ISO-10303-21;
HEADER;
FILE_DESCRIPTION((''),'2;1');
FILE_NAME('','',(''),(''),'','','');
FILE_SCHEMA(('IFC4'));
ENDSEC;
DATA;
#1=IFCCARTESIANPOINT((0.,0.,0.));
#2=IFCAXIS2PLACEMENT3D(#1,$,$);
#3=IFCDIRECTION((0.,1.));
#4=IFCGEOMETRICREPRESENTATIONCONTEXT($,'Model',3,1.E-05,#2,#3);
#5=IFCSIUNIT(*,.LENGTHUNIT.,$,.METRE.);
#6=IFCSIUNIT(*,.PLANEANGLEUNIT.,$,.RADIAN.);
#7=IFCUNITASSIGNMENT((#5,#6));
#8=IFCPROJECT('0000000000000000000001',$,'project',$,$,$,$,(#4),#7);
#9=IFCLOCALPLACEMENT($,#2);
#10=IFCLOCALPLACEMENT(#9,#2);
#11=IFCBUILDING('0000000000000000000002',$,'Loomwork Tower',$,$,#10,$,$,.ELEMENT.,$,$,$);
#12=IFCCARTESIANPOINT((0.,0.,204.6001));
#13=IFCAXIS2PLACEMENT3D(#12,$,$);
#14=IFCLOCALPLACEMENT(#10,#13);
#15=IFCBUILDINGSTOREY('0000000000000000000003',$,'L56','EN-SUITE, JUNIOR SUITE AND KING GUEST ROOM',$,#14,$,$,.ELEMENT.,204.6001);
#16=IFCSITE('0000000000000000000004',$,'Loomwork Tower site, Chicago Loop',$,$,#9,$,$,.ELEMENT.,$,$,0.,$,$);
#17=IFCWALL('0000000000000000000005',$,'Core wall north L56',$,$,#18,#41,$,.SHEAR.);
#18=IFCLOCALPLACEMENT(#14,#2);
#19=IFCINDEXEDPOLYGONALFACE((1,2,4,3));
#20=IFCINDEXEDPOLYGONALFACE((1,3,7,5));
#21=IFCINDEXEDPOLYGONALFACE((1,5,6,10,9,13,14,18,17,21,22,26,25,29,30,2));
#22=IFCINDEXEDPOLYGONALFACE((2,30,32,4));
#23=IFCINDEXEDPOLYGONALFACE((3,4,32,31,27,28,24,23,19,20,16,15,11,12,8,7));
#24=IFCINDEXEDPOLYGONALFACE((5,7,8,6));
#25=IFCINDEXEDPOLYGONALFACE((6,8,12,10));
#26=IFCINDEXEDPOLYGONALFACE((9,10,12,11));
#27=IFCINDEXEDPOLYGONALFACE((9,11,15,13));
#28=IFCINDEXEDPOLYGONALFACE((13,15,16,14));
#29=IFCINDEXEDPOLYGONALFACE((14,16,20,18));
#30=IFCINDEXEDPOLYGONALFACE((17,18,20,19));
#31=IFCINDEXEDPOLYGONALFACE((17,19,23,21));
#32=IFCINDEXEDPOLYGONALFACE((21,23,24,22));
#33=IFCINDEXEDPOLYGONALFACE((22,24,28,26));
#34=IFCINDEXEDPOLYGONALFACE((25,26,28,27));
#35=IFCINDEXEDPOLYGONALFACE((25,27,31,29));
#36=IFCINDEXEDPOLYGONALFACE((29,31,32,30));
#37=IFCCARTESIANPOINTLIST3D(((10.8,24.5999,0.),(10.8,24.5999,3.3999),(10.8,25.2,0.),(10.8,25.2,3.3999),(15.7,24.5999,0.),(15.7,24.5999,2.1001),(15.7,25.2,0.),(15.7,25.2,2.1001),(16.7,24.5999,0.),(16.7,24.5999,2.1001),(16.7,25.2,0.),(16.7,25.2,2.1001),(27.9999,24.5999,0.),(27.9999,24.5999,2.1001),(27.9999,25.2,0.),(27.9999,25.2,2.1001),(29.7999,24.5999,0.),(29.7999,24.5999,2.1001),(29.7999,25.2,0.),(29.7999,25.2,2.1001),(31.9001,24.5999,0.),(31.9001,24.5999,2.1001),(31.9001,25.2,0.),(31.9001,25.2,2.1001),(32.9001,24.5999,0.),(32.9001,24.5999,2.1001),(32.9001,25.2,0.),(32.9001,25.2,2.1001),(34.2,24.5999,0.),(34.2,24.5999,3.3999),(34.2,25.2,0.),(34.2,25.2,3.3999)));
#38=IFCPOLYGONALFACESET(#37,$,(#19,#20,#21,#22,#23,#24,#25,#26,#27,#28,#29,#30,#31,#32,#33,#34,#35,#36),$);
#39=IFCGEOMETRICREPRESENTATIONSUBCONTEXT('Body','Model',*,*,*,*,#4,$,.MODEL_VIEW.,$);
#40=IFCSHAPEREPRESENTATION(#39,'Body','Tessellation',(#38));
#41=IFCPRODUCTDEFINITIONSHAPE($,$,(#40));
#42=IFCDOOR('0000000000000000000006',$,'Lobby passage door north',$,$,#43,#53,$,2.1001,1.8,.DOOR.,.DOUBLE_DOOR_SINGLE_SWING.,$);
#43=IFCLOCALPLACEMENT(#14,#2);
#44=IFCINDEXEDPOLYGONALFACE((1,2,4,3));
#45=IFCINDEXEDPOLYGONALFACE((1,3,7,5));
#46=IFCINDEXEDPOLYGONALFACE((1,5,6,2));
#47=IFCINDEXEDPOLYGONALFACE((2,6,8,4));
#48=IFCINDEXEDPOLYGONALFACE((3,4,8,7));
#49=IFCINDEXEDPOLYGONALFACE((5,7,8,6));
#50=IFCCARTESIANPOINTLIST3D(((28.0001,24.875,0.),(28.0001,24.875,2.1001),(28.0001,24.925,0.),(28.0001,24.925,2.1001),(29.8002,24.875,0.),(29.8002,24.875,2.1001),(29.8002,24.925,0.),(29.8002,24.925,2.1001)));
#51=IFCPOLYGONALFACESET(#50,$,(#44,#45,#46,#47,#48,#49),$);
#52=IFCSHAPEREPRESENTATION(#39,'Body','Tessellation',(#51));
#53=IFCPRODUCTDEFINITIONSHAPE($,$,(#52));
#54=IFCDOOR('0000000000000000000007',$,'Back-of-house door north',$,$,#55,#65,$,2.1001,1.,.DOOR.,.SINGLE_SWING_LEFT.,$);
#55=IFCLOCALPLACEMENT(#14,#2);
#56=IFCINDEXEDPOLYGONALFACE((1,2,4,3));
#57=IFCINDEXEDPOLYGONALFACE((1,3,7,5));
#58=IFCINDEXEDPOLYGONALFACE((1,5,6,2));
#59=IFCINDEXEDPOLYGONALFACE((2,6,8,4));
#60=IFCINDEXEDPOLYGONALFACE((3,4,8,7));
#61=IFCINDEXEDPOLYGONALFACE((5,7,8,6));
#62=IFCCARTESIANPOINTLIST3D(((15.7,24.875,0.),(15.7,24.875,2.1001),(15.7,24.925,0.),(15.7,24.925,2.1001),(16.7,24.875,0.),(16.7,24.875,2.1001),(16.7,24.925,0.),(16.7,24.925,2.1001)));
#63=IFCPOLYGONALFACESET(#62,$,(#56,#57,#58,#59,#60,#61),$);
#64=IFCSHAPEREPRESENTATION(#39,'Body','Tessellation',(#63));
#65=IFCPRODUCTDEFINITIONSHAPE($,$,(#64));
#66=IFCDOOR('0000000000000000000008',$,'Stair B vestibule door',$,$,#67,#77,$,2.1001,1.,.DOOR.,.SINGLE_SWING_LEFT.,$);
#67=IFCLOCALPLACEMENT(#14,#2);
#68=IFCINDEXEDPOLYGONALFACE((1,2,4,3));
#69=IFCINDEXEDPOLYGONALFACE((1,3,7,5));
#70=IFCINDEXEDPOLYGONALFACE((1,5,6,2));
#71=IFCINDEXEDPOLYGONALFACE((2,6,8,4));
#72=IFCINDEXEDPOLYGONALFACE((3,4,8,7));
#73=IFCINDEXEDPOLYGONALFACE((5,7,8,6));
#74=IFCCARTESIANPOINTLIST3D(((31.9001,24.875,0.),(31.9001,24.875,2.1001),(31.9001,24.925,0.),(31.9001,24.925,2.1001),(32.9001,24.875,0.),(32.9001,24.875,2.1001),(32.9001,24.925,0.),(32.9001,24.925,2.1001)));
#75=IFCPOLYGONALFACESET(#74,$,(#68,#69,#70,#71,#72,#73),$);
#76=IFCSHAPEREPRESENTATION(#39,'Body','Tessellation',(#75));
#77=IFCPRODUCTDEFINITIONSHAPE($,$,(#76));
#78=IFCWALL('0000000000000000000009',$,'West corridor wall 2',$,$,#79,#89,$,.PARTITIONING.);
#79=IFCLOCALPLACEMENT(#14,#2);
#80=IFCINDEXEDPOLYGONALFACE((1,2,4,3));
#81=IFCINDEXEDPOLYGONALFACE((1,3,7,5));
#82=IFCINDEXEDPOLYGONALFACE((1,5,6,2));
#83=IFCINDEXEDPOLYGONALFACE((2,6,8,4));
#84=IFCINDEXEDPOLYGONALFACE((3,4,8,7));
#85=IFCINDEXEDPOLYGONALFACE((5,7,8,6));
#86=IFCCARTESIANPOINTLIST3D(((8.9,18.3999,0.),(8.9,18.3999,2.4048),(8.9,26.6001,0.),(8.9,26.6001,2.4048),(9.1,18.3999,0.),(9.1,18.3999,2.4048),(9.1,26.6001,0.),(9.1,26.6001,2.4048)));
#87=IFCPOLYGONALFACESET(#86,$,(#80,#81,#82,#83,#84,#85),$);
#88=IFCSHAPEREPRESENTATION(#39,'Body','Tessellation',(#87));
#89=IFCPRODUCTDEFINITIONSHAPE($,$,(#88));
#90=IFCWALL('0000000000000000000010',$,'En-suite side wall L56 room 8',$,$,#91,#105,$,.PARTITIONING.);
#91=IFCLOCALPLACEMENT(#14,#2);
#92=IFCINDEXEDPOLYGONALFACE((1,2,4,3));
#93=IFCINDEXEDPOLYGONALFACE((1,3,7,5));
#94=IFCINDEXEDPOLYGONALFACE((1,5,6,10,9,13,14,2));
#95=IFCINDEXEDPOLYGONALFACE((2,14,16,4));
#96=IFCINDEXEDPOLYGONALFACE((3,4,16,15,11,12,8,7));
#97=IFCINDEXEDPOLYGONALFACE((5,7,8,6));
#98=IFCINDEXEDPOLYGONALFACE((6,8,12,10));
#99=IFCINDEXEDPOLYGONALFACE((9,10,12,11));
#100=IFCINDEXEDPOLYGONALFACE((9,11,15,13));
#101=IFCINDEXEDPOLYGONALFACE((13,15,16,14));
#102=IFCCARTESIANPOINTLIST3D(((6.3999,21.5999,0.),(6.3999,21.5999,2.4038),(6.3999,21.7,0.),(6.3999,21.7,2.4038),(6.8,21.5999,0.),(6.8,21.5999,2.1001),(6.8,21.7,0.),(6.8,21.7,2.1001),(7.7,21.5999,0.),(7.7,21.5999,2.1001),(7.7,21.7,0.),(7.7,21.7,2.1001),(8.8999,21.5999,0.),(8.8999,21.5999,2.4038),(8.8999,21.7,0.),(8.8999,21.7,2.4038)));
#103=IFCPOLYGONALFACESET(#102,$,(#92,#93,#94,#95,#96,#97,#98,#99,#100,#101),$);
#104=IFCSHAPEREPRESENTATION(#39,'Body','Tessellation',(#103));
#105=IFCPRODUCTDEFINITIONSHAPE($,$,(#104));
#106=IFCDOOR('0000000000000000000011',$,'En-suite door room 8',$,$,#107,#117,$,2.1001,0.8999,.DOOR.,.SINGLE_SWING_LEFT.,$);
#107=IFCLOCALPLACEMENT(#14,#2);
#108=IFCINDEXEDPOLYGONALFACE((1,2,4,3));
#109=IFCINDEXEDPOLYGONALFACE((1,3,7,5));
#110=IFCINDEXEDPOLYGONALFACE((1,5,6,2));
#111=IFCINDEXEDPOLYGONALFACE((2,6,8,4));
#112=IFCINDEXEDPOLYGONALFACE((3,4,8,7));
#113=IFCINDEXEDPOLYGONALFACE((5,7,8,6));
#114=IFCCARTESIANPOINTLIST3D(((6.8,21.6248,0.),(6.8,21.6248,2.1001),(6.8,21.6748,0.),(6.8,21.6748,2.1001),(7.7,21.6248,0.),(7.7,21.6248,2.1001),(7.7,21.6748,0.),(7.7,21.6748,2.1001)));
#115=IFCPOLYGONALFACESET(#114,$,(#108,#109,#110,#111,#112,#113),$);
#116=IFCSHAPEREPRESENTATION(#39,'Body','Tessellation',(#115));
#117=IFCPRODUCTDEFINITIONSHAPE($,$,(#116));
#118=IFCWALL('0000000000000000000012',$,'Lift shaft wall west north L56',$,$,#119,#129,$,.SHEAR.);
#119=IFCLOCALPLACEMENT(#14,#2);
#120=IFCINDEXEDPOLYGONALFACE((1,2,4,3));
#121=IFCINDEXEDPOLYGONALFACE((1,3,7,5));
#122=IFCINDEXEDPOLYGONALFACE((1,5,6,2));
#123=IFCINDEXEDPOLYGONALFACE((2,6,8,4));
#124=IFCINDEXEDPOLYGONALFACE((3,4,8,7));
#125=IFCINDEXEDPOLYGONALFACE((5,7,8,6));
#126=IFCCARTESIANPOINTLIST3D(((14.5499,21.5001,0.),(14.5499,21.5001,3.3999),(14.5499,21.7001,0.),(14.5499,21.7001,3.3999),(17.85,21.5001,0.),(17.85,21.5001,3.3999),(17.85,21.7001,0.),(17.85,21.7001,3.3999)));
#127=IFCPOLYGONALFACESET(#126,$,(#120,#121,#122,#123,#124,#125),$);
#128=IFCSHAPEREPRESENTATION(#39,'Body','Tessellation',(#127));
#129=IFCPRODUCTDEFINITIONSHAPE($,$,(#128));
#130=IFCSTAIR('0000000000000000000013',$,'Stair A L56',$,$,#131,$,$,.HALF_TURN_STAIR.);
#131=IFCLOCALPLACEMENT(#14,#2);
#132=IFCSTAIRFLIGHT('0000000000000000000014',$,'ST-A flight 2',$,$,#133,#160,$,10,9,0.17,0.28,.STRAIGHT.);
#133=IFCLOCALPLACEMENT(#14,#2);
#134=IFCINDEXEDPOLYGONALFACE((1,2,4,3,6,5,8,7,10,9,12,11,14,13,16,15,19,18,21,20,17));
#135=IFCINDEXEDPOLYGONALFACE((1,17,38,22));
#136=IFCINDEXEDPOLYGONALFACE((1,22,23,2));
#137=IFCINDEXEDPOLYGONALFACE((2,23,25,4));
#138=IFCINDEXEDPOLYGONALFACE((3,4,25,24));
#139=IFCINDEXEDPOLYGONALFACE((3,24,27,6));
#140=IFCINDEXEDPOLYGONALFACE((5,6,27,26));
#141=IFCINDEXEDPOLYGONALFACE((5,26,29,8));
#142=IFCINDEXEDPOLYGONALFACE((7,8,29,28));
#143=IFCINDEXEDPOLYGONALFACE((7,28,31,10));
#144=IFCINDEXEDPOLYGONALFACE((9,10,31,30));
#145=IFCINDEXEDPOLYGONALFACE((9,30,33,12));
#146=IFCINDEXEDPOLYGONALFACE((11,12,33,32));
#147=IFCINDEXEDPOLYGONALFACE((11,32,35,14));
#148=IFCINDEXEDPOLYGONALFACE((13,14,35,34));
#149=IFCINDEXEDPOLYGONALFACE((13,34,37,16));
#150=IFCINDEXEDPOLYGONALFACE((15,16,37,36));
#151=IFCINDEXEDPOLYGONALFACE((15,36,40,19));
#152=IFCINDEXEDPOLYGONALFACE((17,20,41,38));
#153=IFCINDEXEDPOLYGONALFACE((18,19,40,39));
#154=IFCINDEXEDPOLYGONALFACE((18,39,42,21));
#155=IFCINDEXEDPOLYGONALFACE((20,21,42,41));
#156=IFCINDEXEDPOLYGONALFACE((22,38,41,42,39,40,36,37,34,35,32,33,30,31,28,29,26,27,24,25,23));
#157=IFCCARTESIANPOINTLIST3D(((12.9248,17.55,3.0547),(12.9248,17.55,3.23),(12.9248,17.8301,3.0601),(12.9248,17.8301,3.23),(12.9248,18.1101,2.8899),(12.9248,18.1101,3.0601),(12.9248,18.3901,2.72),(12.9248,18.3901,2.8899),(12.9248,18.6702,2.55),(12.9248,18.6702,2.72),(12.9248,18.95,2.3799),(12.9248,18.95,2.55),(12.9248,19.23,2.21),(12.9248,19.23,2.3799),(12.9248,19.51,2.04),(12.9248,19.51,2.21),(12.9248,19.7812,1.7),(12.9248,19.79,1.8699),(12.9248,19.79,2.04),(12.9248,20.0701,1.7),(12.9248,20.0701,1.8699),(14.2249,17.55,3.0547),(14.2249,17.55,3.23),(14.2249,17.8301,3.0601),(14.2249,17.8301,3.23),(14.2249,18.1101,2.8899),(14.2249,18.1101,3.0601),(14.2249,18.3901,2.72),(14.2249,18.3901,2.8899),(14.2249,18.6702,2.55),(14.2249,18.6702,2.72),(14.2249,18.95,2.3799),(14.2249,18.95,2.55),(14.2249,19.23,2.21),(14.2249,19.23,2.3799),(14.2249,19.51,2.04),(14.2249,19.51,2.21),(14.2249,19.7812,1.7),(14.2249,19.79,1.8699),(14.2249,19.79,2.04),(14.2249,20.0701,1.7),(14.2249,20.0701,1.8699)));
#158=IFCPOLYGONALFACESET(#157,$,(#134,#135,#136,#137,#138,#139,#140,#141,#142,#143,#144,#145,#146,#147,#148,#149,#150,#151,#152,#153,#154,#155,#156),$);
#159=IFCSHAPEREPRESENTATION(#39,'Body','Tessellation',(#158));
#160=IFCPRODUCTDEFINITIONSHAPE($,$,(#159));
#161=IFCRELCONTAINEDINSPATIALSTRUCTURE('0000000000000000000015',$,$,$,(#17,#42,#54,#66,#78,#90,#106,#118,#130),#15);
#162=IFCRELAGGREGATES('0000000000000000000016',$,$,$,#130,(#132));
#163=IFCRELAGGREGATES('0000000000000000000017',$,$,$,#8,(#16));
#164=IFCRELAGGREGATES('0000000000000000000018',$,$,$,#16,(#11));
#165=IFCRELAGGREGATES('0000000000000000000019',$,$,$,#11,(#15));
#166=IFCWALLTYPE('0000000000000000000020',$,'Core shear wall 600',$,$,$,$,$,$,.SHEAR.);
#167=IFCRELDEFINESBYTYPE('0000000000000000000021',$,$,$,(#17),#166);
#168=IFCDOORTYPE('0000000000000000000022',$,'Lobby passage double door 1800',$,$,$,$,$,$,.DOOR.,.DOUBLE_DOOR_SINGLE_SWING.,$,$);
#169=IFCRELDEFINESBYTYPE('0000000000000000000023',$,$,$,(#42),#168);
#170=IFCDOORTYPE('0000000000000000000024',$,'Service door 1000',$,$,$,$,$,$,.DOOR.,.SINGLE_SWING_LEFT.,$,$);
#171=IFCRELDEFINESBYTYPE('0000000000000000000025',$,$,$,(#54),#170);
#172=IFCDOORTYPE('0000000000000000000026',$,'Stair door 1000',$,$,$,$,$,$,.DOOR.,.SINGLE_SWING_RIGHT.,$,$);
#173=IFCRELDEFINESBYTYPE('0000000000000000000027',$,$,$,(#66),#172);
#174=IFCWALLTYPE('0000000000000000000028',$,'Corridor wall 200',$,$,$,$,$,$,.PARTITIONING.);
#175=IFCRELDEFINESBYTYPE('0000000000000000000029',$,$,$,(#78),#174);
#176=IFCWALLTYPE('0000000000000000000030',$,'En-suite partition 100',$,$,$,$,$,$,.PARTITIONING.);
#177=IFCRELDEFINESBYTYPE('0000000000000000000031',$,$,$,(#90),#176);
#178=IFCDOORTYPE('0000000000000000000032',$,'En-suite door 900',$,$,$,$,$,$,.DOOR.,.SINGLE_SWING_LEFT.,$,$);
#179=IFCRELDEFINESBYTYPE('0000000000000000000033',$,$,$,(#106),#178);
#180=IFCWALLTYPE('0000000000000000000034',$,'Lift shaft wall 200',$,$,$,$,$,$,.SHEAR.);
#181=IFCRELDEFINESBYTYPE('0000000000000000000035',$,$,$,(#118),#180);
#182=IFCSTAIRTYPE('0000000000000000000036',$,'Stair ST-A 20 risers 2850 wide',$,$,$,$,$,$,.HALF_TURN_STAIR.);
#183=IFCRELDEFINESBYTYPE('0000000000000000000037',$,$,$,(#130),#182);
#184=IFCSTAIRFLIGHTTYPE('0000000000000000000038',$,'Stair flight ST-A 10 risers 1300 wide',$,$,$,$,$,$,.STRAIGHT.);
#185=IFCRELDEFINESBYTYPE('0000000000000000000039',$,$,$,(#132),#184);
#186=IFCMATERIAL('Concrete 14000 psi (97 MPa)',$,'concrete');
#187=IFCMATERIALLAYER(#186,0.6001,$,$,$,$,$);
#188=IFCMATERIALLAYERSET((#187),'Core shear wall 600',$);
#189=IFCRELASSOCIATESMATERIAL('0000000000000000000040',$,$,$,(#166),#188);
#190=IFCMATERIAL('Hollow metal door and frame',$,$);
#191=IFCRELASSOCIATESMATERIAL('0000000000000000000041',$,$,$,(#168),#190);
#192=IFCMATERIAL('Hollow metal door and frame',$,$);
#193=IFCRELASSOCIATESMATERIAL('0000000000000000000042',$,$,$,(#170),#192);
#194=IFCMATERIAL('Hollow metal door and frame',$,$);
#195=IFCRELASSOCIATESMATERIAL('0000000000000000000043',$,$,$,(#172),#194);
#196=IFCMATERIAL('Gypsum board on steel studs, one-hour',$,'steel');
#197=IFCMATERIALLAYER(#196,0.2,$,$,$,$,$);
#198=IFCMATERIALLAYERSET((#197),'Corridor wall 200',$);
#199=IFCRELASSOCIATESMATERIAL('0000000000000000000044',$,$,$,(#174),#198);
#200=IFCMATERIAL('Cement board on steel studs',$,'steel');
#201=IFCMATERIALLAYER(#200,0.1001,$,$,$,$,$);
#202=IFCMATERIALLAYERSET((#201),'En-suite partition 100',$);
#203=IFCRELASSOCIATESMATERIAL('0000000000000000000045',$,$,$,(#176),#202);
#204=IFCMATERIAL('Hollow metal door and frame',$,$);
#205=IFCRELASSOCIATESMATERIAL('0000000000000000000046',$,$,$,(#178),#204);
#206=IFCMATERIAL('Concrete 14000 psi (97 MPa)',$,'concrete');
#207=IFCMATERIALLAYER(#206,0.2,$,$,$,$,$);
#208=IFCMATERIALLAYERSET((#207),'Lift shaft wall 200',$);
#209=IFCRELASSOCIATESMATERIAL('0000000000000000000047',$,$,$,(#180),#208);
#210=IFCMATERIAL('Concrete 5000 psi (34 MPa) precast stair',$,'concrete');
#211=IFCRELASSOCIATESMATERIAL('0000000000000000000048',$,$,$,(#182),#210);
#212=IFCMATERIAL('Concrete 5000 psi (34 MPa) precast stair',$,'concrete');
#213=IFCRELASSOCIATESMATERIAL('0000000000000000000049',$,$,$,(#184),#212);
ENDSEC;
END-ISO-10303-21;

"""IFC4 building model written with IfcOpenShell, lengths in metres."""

from ifc_helpers import new_model, si_unit, direction, frame, frame_2d, origin, place, context, subcontext, project, spatial, polyline, rectangle, outline, extrude, material, layer, layer_set, type_object, element, fill, aggregate, save


model = new_model("IFC4")

# Units and contexts
model_context = context("Model", 3, precision=1e-05, world=origin(), true_north=direction((0.0, 1.0)))
body_context = subcontext(model_context, "Body", "Model", "MODEL_VIEW")
ifc_project = project(units=[si_unit("LENGTHUNIT", "METRE"), si_unit("PLANEANGLEUNIT", "RADIAN")], contexts=[model_context])

# Site, building, storey
site_placement = place(None, origin())
site = spatial("IfcSite", under=ifc_project, at=site_placement, Name="Loomwork Tower site, Chicago Loop", CompositionType="ELEMENT", RefElevation=0.0)
building_placement = place(site_placement, origin())
building = spatial("IfcBuilding", under=site, at=building_placement, Name="Loomwork Tower", CompositionType="ELEMENT")
storey_placement = place(building_placement, frame((0.0, 0.0, 204.6001)))
storey = spatial("IfcBuildingStorey", under=building, at=storey_placement, Name="L56", Description="EN-SUITE, JUNIOR SUITE AND KING GUEST ROOM", CompositionType="ELEMENT", Elevation=204.6001)

# Wall, openings, doors
ifc_material_1 = material(Name="Concrete 14000 psi (97 MPa)", Category="concrete")
ifc_layer_1 = layer(ifc_material_1, 0.6001)
ifc_layer_set_1 = layer_set([ifc_layer_1], Name="Core shear wall 600")
wall_type_1 = type_object("IfcWallType", Name="Core shear wall 600", PredefinedType="SHEAR", material=ifc_layer_set_1)
wall_1_placement = place(storey_placement, frame((10.8, 24.8999, 0.0), z_axis=(0.0, 0.0, 1.0), x_axis=(1.0, 0.0, 0.0)))
wall_1 = element("IfcWall", 1, at=wall_1_placement, inside=storey, type_object=wall_type_1, Name="Core wall north L56", PredefinedType="SHEAR", context=body_context, shape_type="SweptSolid", body=[
    extrude(rectangle(XDim=23.3999, YDim=0.6001, at=frame_2d((11.7, 0.0))), origin(), (0.0, 0.0, 1.0), 3.3999),
])
opening_1_placement = place(wall_1_placement, frame((17.2, 0.0, 0.0)))
opening_1 = element("IfcOpeningElement", 2, at=opening_1_placement, cuts=wall_1, PredefinedType="OPENING", context=body_context, shape_type="SweptSolid", body=[
    extrude(rectangle(XDim=1.8, YDim=2.1001, at=frame_2d((0.8999, 1.05))), frame((0.0, 0.3101, 0.0), z_axis=(0.0, -1.0, 0.0), x_axis=(1.0, 0.0, 0.0)), (0.0, 0.0, 1.0), 0.6201),
])
opening_2_placement = place(wall_1_placement, frame((21.1001, 0.0, 0.0)))
opening_2 = element("IfcOpeningElement", 3, at=opening_2_placement, cuts=wall_1, PredefinedType="OPENING", context=body_context, shape_type="SweptSolid", body=[
    extrude(rectangle(XDim=1.0, YDim=2.1001, at=frame_2d((0.5, 1.05))), frame((0.0, 0.3101, 0.0), z_axis=(0.0, -1.0, 0.0), x_axis=(1.0, 0.0, 0.0)), (0.0, 0.0, 1.0), 0.6201),
])
opening_3_placement = place(wall_1_placement, frame((4.8999, 0.0, 0.0)))
opening_3 = element("IfcOpeningElement", 4, at=opening_3_placement, cuts=wall_1, PredefinedType="OPENING", context=body_context, shape_type="SweptSolid", body=[
    extrude(rectangle(XDim=1.0, YDim=2.1001, at=frame_2d((0.5, 1.05))), frame((0.0, 0.3101, 0.0), z_axis=(0.0, -1.0, 0.0), x_axis=(1.0, 0.0, 0.0)), (0.0, 0.0, 1.0), 0.6201),
])
ifc_material_2 = material(Name="Hollow metal door and frame")
door_type_1 = type_object("IfcDoorType", Name="Lobby passage double door 1800", OperationType="DOUBLE_DOOR_SINGLE_SWING", PredefinedType="DOOR", material=ifc_material_2)
door_1_placement = place(opening_1_placement, frame((1.8, 0.0, 0.0), z_axis=(0.0, 0.0, 1.0), x_axis=(-1.0, 0.0, 0.0)))
door_1 = element("IfcDoor", 5, at=door_1_placement, inside=storey, type_object=door_type_1, Name="Lobby passage door north", OperationType="DOUBLE_DOOR_SINGLE_SWING", OverallHeight=2.1001, OverallWidth=1.8, PredefinedType="DOOR", context=body_context, shape_type="SweptSolid", body=[
    extrude(rectangle(XDim=1.8, YDim=2.1001, at=frame_2d((0.8999, 1.05))), frame((0.0, 0.0249, 0.0), z_axis=(0.0, -1.0, 0.0), x_axis=(1.0, 0.0, 0.0)), (0.0, 0.0, 1.0), 0.05),
])
fill(opening_1, door_1)
ifc_material_3 = material(Name="Hollow metal door and frame")
door_type_2 = type_object("IfcDoorType", Name="Service door 1000", OperationType="SINGLE_SWING_LEFT", PredefinedType="DOOR", material=ifc_material_3)
door_2_placement = place(opening_3_placement, frame((1.0, 0.0, 0.0), z_axis=(0.0, 0.0, 1.0), x_axis=(-1.0, 0.0, 0.0)))
door_2 = element("IfcDoor", 6, at=door_2_placement, inside=storey, type_object=door_type_2, Name="Back-of-house door north", OperationType="SINGLE_SWING_LEFT", OverallHeight=2.1001, OverallWidth=1.0, PredefinedType="DOOR", context=body_context, shape_type="SweptSolid", body=[
    extrude(rectangle(XDim=1.0, YDim=2.1001, at=frame_2d((0.5, 1.05))), frame((0.0, 0.0249, 0.0), z_axis=(0.0, -1.0, 0.0), x_axis=(1.0, 0.0, 0.0)), (0.0, 0.0, 1.0), 0.05),
])
fill(opening_3, door_2)
ifc_material_4 = material(Name="Hollow metal door and frame")
door_type_3 = type_object("IfcDoorType", Name="Stair door 1000", OperationType="SINGLE_SWING_RIGHT", PredefinedType="DOOR", material=ifc_material_4)
door_3_placement = place(opening_2_placement, frame((1.0, 0.0, 0.0), z_axis=(0.0, 0.0, 1.0), x_axis=(-1.0, 0.0, 0.0)))
door_3 = element("IfcDoor", 7, at=door_3_placement, inside=storey, type_object=door_type_3, Name="Stair B vestibule door", OperationType="SINGLE_SWING_LEFT", OverallHeight=2.1001, OverallWidth=1.0, PredefinedType="DOOR", context=body_context, shape_type="SweptSolid", body=[
    extrude(rectangle(XDim=1.0, YDim=2.1001, at=frame_2d((0.5, 1.05))), frame((0.0, 0.0249, 0.0), z_axis=(0.0, -1.0, 0.0), x_axis=(1.0, 0.0, 0.0)), (0.0, 0.0, 1.0), 0.05),
])
fill(opening_2, door_3)

# Wall
ifc_material_5 = material(Name="Gypsum board on steel studs, one-hour", Category="steel")
ifc_layer_2 = layer(ifc_material_5, 0.2)
ifc_layer_set_2 = layer_set([ifc_layer_2], Name="Corridor wall 200")
wall_type_2 = type_object("IfcWallType", Name="Corridor wall 200", PredefinedType="PARTITIONING", material=ifc_layer_set_2)
wall_2_placement = place(storey_placement, frame((9.0, 18.3999, 0.0), z_axis=(0.0, 0.0, 1.0), x_axis=(0.0, 1.0, 0.0)))
element("IfcWall", 8, at=wall_2_placement, inside=storey, type_object=wall_type_2, Name="West corridor wall 2", PredefinedType="PARTITIONING", context=body_context, shape_type="SweptSolid", body=[
    extrude(rectangle(XDim=8.2002, YDim=0.2, at=frame_2d((4.1001, 0.0))), origin(), (0.0, 0.0, 1.0), 2.4048),
])

# Wall, opening, door
ifc_material_6 = material(Name="Cement board on steel studs", Category="steel")
ifc_layer_3 = layer(ifc_material_6, 0.1001)
ifc_layer_set_3 = layer_set([ifc_layer_3], Name="En-suite partition 100")
wall_type_3 = type_object("IfcWallType", Name="En-suite partition 100", PredefinedType="PARTITIONING", material=ifc_layer_set_3)
wall_3_placement = place(storey_placement, frame((8.8999, 21.6499, 0.0), z_axis=(0.0, 0.0, 1.0), x_axis=(-1.0, 0.0, 0.0)))
wall_3 = element("IfcWall", 9, at=wall_3_placement, inside=storey, type_object=wall_type_3, Name="En-suite side wall L56 room 8", PredefinedType="PARTITIONING", context=body_context, shape_type="SweptSolid", body=[
    extrude(rectangle(XDim=2.5, YDim=0.1001, at=frame_2d((1.25, 0.0))), origin(), (0.0, 0.0, 1.0), 2.4038),
])
opening_4_placement = place(wall_3_placement, frame((1.2, 0.0, 0.0)))
opening_4 = element("IfcOpeningElement", 10, at=opening_4_placement, cuts=wall_3, PredefinedType="OPENING", context=body_context, shape_type="SweptSolid", body=[
    extrude(rectangle(XDim=0.8999, YDim=2.1001, at=frame_2d((0.45, 1.05))), frame((0.0, 0.0601, 0.0), z_axis=(0.0, -1.0, 0.0), x_axis=(1.0, 0.0, 0.0)), (0.0, 0.0, 1.0), 0.1201),
])
ifc_material_7 = material(Name="Hollow metal door and frame")
door_type_4 = type_object("IfcDoorType", Name="En-suite door 900", OperationType="SINGLE_SWING_LEFT", PredefinedType="DOOR", material=ifc_material_7)
door_4_placement = place(opening_4_placement, frame((0.8999, 0.0, 0.0), z_axis=(0.0, 0.0, 1.0), x_axis=(-1.0, 0.0, 0.0)))
door_4 = element("IfcDoor", 11, at=door_4_placement, inside=storey, type_object=door_type_4, Name="En-suite door room 8", OperationType="SINGLE_SWING_LEFT", OverallHeight=2.1001, OverallWidth=0.8999, PredefinedType="DOOR", context=body_context, shape_type="SweptSolid", body=[
    extrude(rectangle(XDim=0.8999, YDim=2.1001, at=frame_2d((0.45, 1.05))), frame((0.0, 0.0249, 0.0), z_axis=(0.0, -1.0, 0.0), x_axis=(1.0, 0.0, 0.0)), (0.0, 0.0, 1.0), 0.05),
])
fill(opening_4, door_4)

# Wall
ifc_material_8 = material(Name="Concrete 14000 psi (97 MPa)", Category="concrete")
ifc_layer_4 = layer(ifc_material_8, 0.2)
ifc_layer_set_4 = layer_set([ifc_layer_4], Name="Lift shaft wall 200")
wall_type_4 = type_object("IfcWallType", Name="Lift shaft wall 200", PredefinedType="SHEAR", material=ifc_layer_set_4)
wall_4_placement = place(storey_placement, frame((14.55, 21.6001, 0.0), z_axis=(0.0, 0.0, 1.0), x_axis=(1.0, 0.0, 0.0)))
element("IfcWall", 12, at=wall_4_placement, inside=storey, type_object=wall_type_4, Name="Lift shaft wall west north L56", PredefinedType="SHEAR", context=body_context, shape_type="SweptSolid", body=[
    extrude(rectangle(XDim=3.3, YDim=0.2, at=frame_2d((1.6499, 0.0))), origin(), (0.0, 0.0, 1.0), 3.3999),
])

# Stair, stair flight
ifc_material_9 = material(Name="Concrete 5000 psi (34 MPa) precast stair", Category="concrete")
stair_type = type_object("IfcStairType", Name="Stair ST-A 20 risers 2850 wide", PredefinedType="HALF_TURN_STAIR", material=ifc_material_9)
stair_placement = place(storey_placement, origin())
stair = element("IfcStair", 13, at=stair_placement, inside=storey, type_object=stair_type, Name="Stair A L56", PredefinedType="HALF_TURN_STAIR")
ifc_material_10 = material(Name="Concrete 5000 psi (34 MPa) precast stair", Category="concrete")
stair_flight_type = type_object("IfcStairFlightType", Name="Stair flight ST-A 10 risers 1300 wide", PredefinedType="STRAIGHT", material=ifc_material_10)
stair_flight_placement = place(storey_placement, frame((13.575, 20.0701, 1.7), z_axis=(0.0, 0.0, 1.0), x_axis=(0.0, -1.0, 0.0)))
stair_flight = element("IfcStairFlight", 14, at=stair_flight_placement, type_object=stair_flight_type, Name="ST-A flight 2", NumberOfRisers=10, NumberOfTreads=9, PredefinedType="STRAIGHT", RiserHeight=0.17, TreadLength=0.28, context=body_context, shape_type="SweptSolid", body=[
    extrude(outline(polyline([(0.0, 0.0), (0.0, 0.1699), (0.28, 0.1699), (0.28, 0.3401), (0.5601, 0.3401), (0.5601, 0.51), (0.8401, 0.51), (0.8401, 0.6799), (1.1201, 0.6799), (1.1201, 0.8501), (1.3999, 0.8501), (1.3999, 1.02), (1.6799, 1.02), (1.6799, 1.1899), (1.96, 1.1899), (1.96, 1.3601), (2.24, 1.3601), (2.24, 1.53), (2.52, 1.53), (2.52, 1.7), (2.52, 1.3547), (0.2888, 0.0), (0.0, 0.0)])), frame((0.0, 0.6499, 0.0), z_axis=(0.0, -1.0, 0.0), x_axis=(1.0, 0.0, 0.0)), (0.0, 0.0, 1.0), 1.3),
])
aggregate(stair, [stair_flight])

save(model, "model.ifc")
